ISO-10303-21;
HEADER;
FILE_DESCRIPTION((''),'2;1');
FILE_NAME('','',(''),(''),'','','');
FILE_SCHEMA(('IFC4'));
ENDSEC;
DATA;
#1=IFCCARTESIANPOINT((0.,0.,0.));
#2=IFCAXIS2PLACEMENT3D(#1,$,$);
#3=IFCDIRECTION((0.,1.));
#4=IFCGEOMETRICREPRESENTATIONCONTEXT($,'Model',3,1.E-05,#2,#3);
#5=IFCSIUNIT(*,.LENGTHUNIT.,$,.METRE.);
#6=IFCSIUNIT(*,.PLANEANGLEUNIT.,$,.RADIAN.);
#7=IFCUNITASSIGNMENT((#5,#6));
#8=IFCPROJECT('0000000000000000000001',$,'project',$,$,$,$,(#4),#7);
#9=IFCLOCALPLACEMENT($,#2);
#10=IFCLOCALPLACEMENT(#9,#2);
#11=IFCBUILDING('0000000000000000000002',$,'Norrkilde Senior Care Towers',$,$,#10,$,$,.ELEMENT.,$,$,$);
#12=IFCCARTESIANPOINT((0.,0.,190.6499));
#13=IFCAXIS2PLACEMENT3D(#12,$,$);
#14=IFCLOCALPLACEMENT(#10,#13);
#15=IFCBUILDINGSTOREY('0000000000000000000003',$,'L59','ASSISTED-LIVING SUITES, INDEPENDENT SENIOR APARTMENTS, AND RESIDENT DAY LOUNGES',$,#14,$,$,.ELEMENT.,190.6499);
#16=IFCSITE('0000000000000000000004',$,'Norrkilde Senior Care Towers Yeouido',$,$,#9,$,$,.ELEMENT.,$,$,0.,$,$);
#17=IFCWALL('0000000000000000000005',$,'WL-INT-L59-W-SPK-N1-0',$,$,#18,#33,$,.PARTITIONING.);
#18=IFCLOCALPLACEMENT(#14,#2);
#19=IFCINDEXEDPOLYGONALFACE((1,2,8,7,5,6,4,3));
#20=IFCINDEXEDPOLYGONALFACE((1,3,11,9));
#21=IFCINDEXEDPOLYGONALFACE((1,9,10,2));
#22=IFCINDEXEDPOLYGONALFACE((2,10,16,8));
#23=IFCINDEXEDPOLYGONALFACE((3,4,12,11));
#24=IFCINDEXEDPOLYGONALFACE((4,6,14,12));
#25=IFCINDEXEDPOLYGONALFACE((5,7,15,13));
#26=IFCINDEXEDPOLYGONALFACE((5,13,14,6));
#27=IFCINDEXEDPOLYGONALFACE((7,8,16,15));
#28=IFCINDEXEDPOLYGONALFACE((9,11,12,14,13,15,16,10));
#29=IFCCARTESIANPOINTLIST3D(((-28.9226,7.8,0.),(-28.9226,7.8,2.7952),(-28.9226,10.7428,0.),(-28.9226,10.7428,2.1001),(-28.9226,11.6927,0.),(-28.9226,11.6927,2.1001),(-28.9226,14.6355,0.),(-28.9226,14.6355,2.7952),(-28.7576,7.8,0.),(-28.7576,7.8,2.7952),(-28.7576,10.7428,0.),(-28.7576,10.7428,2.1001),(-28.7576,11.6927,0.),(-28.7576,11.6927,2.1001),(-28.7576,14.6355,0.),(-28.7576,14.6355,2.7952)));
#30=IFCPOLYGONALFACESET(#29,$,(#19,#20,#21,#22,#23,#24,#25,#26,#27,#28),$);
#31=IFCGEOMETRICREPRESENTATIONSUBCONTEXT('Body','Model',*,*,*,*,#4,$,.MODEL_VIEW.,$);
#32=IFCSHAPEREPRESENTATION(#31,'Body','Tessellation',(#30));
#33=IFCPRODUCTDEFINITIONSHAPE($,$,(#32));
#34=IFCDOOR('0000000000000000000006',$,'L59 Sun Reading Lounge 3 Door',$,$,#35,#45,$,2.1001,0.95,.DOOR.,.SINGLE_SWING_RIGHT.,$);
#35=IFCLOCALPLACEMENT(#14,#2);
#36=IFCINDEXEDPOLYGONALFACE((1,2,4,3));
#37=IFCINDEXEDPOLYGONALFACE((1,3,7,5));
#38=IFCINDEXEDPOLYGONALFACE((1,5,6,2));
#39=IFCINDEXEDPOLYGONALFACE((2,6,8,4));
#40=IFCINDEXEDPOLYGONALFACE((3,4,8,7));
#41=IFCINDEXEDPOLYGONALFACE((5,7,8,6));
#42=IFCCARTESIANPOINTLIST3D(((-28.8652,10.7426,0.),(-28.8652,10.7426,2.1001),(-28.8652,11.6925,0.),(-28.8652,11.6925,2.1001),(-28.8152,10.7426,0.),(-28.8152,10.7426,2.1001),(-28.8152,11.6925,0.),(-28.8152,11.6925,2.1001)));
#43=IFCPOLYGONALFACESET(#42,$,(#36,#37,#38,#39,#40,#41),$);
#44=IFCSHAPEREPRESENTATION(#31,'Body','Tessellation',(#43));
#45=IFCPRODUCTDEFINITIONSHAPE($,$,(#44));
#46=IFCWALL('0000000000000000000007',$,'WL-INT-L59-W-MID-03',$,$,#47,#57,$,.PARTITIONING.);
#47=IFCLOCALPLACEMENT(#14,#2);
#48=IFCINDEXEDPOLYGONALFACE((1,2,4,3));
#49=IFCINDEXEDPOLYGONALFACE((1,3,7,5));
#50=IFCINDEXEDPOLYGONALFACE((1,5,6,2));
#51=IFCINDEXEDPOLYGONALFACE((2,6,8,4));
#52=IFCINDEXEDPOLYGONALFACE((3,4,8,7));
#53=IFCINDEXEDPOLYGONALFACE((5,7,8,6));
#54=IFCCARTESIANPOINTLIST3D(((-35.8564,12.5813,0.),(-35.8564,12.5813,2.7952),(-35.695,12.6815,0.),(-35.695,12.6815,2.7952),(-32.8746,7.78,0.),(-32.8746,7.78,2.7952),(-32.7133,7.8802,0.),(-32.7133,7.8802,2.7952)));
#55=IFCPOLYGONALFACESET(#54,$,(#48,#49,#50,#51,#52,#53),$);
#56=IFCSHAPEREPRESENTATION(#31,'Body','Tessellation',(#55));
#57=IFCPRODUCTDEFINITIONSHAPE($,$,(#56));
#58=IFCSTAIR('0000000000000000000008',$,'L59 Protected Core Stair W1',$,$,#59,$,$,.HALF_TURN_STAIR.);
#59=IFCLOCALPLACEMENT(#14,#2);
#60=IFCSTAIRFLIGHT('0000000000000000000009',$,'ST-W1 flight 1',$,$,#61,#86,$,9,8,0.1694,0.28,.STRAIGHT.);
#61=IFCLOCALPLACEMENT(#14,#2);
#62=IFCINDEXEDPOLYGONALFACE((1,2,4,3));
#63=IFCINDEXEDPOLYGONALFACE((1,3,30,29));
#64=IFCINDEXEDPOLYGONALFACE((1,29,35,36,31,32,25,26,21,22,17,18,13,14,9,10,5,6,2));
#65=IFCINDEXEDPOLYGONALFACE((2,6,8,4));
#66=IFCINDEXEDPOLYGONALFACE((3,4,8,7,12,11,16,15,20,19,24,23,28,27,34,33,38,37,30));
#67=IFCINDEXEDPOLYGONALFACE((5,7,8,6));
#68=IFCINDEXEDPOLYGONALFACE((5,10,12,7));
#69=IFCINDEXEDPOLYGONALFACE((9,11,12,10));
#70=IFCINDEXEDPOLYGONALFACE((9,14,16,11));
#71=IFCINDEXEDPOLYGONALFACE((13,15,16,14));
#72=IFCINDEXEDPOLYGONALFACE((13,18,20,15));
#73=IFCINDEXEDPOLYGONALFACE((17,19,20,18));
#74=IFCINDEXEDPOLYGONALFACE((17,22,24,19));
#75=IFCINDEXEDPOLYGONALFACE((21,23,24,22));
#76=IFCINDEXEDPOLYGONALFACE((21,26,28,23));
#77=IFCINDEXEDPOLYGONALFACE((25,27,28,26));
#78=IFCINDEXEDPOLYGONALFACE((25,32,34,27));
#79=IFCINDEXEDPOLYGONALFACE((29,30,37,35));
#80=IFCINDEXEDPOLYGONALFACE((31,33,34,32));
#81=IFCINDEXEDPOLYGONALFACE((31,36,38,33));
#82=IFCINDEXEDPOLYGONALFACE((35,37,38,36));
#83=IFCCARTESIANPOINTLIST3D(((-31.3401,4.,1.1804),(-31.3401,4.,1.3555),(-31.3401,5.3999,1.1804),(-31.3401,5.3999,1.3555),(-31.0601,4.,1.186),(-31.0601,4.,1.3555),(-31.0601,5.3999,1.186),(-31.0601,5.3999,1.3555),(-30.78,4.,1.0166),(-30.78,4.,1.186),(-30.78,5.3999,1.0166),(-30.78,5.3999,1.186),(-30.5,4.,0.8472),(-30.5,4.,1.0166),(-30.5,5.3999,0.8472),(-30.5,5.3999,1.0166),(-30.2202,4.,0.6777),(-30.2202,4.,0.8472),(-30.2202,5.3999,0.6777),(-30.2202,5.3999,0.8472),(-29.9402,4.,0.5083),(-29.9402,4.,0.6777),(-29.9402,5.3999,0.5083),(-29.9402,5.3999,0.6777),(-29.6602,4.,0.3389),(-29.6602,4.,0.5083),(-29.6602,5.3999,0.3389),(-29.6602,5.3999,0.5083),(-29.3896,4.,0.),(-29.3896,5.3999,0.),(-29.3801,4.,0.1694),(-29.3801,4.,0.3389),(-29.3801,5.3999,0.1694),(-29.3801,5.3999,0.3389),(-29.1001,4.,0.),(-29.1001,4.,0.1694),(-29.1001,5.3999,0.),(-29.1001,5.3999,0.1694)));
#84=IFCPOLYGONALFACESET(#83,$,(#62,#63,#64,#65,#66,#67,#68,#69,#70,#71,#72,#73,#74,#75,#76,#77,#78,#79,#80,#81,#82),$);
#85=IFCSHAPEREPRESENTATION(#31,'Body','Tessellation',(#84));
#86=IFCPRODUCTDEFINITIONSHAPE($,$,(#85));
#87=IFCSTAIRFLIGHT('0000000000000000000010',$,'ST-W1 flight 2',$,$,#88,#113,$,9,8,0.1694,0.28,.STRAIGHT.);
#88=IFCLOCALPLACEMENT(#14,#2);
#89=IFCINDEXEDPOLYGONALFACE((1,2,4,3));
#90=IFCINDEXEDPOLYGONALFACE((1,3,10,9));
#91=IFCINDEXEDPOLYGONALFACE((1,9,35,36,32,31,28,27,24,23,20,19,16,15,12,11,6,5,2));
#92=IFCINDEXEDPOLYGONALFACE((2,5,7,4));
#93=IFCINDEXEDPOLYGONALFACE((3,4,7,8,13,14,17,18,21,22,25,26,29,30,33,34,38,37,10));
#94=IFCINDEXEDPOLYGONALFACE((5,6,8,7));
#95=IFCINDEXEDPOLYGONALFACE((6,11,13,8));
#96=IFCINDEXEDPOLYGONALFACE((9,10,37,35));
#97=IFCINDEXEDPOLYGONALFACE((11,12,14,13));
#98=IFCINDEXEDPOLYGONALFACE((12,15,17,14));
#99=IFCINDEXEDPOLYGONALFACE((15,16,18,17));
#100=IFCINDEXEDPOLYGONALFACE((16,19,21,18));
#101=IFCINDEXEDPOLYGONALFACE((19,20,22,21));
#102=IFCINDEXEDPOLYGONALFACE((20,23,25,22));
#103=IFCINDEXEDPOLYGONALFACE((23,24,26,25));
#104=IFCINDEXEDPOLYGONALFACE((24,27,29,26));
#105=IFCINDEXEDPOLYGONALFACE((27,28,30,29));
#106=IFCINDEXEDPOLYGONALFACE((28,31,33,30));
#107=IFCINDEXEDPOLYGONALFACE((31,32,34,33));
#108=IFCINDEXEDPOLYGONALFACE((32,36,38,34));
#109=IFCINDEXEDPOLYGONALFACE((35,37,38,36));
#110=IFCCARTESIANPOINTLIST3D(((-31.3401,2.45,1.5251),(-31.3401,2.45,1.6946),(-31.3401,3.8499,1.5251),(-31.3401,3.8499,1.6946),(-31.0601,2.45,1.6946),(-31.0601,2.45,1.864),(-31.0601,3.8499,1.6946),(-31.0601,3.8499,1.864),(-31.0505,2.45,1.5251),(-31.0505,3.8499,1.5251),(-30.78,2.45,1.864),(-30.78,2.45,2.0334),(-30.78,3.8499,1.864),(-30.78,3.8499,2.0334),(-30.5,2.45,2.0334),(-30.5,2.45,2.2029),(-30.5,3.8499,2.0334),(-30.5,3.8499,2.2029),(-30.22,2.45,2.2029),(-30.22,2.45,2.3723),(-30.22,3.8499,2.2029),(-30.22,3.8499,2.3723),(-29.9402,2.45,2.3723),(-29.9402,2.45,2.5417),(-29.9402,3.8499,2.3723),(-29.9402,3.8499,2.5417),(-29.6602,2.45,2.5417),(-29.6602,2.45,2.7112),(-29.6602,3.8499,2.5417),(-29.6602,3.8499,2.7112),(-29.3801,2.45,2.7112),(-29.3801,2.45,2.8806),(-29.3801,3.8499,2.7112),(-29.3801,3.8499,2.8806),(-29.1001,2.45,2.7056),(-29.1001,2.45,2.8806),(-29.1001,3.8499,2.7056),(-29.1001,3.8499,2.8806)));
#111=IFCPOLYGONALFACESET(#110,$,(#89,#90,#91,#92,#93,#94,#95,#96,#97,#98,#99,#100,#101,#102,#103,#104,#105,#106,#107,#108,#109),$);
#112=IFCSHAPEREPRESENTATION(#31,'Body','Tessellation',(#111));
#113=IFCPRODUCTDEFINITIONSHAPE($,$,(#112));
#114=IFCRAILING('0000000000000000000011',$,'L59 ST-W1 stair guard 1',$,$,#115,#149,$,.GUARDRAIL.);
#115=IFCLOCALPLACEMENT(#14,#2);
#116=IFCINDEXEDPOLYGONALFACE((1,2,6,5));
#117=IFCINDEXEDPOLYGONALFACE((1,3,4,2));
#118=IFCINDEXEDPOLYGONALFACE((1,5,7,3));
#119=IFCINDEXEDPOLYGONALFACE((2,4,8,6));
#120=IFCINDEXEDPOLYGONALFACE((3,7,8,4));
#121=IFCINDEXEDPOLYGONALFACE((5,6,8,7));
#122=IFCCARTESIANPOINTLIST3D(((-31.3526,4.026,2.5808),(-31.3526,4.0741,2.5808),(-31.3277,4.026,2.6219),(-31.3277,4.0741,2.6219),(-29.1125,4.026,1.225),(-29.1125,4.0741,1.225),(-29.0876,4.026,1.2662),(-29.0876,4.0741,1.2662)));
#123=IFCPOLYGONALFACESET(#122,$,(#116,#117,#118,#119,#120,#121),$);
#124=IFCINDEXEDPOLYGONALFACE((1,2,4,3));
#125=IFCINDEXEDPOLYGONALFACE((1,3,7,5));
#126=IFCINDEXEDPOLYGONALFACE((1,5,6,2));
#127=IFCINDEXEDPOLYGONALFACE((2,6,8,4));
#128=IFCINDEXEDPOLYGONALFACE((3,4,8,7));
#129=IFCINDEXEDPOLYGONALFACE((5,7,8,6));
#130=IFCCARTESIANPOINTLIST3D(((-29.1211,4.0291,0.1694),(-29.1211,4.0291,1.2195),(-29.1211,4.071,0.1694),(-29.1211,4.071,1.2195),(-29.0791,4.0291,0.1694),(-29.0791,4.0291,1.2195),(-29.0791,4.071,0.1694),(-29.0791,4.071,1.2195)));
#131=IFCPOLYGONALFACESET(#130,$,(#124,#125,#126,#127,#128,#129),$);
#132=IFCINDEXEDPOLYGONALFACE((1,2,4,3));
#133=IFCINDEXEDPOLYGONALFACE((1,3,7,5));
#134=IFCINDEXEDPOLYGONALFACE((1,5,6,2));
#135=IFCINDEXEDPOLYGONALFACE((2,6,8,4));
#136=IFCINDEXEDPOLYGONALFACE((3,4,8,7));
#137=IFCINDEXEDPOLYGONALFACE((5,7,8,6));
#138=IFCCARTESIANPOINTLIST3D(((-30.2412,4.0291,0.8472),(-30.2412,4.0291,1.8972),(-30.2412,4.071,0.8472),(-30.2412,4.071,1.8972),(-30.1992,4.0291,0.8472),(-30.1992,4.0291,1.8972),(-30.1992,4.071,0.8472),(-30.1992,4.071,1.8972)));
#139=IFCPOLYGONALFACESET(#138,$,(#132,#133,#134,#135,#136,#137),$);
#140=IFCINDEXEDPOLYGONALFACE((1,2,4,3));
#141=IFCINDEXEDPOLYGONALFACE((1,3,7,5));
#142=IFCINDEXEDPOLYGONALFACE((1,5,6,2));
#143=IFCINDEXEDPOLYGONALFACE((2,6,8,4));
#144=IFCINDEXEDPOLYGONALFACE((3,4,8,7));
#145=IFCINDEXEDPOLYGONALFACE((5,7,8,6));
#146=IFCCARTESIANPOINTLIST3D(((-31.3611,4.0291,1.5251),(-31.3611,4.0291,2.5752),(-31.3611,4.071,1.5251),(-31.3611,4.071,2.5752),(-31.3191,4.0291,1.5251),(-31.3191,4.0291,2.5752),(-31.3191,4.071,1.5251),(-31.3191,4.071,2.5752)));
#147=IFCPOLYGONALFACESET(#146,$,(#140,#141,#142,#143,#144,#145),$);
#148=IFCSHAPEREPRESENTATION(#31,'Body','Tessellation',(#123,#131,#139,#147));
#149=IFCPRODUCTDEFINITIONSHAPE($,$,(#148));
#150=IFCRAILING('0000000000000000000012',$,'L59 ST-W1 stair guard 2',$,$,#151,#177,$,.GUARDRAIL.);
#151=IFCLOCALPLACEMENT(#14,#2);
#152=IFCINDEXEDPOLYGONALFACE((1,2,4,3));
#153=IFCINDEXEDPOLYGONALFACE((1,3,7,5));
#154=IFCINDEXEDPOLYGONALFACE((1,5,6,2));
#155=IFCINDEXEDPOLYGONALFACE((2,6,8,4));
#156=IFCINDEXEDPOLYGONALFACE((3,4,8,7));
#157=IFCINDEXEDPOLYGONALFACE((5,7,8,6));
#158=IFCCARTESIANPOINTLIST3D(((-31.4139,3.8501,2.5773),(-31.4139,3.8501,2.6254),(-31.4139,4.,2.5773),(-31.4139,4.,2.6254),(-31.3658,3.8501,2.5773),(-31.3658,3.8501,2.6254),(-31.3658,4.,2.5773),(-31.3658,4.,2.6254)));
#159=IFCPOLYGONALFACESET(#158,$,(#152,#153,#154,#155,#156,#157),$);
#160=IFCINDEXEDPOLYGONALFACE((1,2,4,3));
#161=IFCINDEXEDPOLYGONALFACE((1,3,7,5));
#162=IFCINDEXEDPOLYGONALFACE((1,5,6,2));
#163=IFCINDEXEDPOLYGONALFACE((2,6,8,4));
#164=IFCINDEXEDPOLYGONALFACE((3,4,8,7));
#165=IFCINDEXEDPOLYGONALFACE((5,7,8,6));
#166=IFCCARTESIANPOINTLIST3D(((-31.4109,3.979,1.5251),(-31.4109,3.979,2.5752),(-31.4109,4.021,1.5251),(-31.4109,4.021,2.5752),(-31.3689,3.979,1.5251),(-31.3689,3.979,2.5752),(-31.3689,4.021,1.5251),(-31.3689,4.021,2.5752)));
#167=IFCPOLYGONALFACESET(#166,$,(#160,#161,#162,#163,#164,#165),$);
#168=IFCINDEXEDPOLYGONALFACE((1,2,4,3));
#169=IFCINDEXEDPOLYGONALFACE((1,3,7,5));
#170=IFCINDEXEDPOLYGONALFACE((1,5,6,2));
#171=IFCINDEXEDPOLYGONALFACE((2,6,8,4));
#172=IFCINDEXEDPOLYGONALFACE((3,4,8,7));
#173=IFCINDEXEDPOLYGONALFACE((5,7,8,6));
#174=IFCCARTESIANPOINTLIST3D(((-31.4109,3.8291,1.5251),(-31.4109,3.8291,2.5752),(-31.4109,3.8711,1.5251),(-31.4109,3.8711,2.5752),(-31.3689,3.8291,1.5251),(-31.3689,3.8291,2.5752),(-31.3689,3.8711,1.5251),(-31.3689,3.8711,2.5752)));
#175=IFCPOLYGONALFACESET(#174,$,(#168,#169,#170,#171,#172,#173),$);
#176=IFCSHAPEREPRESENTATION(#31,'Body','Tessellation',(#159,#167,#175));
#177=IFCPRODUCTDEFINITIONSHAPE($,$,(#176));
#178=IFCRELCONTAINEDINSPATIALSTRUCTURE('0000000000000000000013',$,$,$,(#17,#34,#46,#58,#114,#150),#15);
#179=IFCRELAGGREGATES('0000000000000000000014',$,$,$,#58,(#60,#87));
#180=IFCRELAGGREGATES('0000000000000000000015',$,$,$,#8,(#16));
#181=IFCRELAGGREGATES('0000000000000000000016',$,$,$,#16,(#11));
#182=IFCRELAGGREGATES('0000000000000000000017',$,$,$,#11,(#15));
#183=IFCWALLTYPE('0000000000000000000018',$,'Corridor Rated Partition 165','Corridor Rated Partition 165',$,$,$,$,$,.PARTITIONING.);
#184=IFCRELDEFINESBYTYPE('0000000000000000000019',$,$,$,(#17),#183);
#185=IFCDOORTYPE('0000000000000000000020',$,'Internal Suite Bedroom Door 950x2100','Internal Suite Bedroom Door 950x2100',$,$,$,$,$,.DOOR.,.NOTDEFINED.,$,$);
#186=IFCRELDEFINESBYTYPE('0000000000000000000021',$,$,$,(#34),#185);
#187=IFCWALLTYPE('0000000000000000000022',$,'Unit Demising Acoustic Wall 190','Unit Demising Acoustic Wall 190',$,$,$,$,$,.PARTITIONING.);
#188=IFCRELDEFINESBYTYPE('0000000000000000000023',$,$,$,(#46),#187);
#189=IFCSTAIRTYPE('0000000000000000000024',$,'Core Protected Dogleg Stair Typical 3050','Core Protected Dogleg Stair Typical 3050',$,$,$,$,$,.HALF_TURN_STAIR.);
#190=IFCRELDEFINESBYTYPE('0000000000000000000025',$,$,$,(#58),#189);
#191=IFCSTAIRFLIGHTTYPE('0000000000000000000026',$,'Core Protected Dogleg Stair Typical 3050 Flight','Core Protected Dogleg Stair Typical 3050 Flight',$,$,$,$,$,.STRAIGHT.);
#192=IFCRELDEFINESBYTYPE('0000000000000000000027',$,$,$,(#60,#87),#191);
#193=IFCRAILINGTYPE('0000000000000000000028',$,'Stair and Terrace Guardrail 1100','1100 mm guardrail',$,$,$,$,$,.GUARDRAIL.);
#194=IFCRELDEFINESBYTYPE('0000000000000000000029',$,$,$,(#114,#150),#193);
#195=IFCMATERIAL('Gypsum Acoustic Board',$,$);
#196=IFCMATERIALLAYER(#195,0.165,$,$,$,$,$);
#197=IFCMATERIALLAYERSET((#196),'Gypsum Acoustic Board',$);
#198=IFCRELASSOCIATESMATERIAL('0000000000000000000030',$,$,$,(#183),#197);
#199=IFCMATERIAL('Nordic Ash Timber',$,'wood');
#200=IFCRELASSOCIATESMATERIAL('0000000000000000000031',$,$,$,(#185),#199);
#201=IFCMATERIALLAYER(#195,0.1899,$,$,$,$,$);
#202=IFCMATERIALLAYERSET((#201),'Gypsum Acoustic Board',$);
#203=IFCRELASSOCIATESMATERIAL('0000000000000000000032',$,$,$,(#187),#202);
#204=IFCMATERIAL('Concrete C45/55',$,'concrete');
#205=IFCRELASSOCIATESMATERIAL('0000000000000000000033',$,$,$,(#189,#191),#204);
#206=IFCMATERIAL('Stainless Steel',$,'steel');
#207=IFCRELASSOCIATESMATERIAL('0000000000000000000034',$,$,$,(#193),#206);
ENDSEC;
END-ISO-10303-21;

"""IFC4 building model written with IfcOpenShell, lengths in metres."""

from ifc_helpers import new_model, si_unit, direction, frame, frame_2d, origin, origin_2d, place, context, subcontext, project, spatial, polyline, rectangle, outline, extrude, source, transform, mapped, material, layer, layer_set, type_object, type_shapes, element, fill, aggregate, save


model = new_model("IFC4")

# Units and contexts
model_context = context("Model", 3, precision=1e-05, world=origin(), true_north=direction((0.0, 1.0)))
body_context = subcontext(model_context, "Body", "Model", "MODEL_VIEW")
ifc_project = project(units=[si_unit("LENGTHUNIT", "METRE"), si_unit("PLANEANGLEUNIT", "RADIAN")], contexts=[model_context])

# Site, building, storey
site_placement = place(None, origin())
site = spatial("IfcSite", under=ifc_project, at=site_placement, Name="Norrkilde Senior Care Towers Yeouido", CompositionType="ELEMENT", RefElevation=0.0)
building_placement = place(site_placement, origin())
building = spatial("IfcBuilding", under=site, at=building_placement, Name="Norrkilde Senior Care Towers", CompositionType="ELEMENT")
storey_placement = place(building_placement, frame((0.0, 0.0, 190.6499)))
storey = spatial("IfcBuildingStorey", under=building, at=storey_placement, Name="L59", Description="ASSISTED-LIVING SUITES, INDEPENDENT SENIOR APARTMENTS, AND RESIDENT DAY LOUNGES", CompositionType="ELEMENT", Elevation=190.6499)

# Shared definitions
ifc_material_1 = material(Name="Concrete C45/55", Category="concrete")

# Shared definitions
ifc_material_2 = material(Name="Gypsum Acoustic Board")

# Shared definitions
ifc_layer_1 = layer(ifc_material_2, 0.165)
ifc_layer_set_1 = layer_set([ifc_layer_1], Name="Gypsum Acoustic Board")
wall_type_1 = type_object("IfcWallType", Name="Corridor Rated Partition 165", Description="Corridor Rated Partition 165", PredefinedType="PARTITIONING", material=ifc_layer_set_1)

# Wall, opening, door
shared_shape_1 = source(origin(), body_context, "Body", "SweptSolid", [
    extrude(rectangle(XDim=6.8354, YDim=0.165, at=frame_2d((3.4177, 0.0))), origin(), (0.0, 0.0, 1.0), 2.7952),
])
wall_1_placement = place(storey_placement, frame((-28.8401, 7.8, 0.0), z_axis=(0.0, 0.0, 1.0), x_axis=(0.0, 1.0, 0.0)))
wall_1 = element("IfcWall", 1, at=wall_1_placement, inside=storey, type_object=wall_type_1, Name="WL-INT-L59-W-SPK-N1-0", PredefinedType="PARTITIONING", context=body_context, shape_type="MappedRepresentation", body=[
    mapped(shared_shape_1, transform((0.0, 0.0, 0.0), x_axis=(1.0, 0.0, 0.0), y_axis=(0.0, 1.0, 0.0), z_axis=(0.0, 0.0, 1.0), scale=1.0)),
])
opening_1_placement = place(wall_1_placement, frame((2.9426, 0.0, 0.0)))
opening_1 = element("IfcOpeningElement", 2, at=opening_1_placement, cuts=wall_1, PredefinedType="OPENING", context=body_context, shape_type="SweptSolid", body=[
    extrude(rectangle(XDim=0.95, YDim=2.1001, at=frame_2d((0.4751, 1.05))), frame((0.0, 0.0925, 0.0), z_axis=(0.0, -1.0, 0.0), x_axis=(1.0, 0.0, 0.0)), (0.0, 0.0, 1.0), 0.1851),
])
ifc_material_3 = material(Name="Nordic Ash Timber", Category="wood")
door_type_1 = type_object("IfcDoorType", Name="Internal Suite Bedroom Door 950x2100", Description="Internal Suite Bedroom Door 950x2100", OperationType="NOTDEFINED", PredefinedType="DOOR", material=ifc_material_3)
shared_shape_2 = source(origin(), body_context, "Body", "SweptSolid", [
    extrude(rectangle(XDim=0.95, YDim=2.1001, at=frame_2d((0.4751, 1.05))), frame((0.0, 0.0249, 0.0), z_axis=(0.0, -1.0, 0.0), x_axis=(1.0, 0.0, 0.0)), (0.0, 0.0, 1.0), 0.05),
])
type_shapes(door_type_1, [shared_shape_2])
door_1_placement = place(opening_1_placement, frame((0.95, 0.0, 0.0), z_axis=(0.0, 0.0, 1.0), x_axis=(-1.0, 0.0, 0.0)))
door_1 = element("IfcDoor", 3, at=door_1_placement, inside=storey, type_object=door_type_1, Name="L59 Sun Reading Lounge 3 Door", OperationType="SINGLE_SWING_RIGHT", OverallHeight=2.1001, OverallWidth=0.95, PredefinedType="DOOR", context=body_context, shape_type="MappedRepresentation", body=[
    mapped(shared_shape_2, transform((0.0, 0.0, 0.0), x_axis=(1.0, 0.0, 0.0), y_axis=(0.0, 1.0, 0.0), z_axis=(0.0, 0.0, 1.0), scale=1.0)),
])
fill(opening_1, door_1)

# Wall
ifc_layer_2 = layer(ifc_material_2, 0.1899)
ifc_layer_set_2 = layer_set([ifc_layer_2], Name="Gypsum Acoustic Board")
wall_type_2 = type_object("IfcWallType", Name="Unit Demising Acoustic Wall 190", Description="Unit Demising Acoustic Wall 190", PredefinedType="PARTITIONING", material=ifc_layer_set_2)
shared_shape_3 = source(origin(), body_context, "Body", "SweptSolid", [
    extrude(rectangle(XDim=5.6519, YDim=0.1899, at=frame_2d((2.8259, 0.0))), origin(), (0.0, 0.0, 1.0), 2.7952),
])
type_shapes(wall_type_2, [shared_shape_3])
wall_2_placement = place(storey_placement, frame((-32.7939, 7.8301, 0.0), z_axis=(0.0, 0.0, 1.0), x_axis=(-0.527566, 0.849514, 0.0)))
element("IfcWall", 4, at=wall_2_placement, inside=storey, type_object=wall_type_2, Name="WL-INT-L59-W-MID-03", PredefinedType="PARTITIONING", context=body_context, shape_type="MappedRepresentation", body=[
    mapped(shared_shape_3, transform((0.0, 0.0, 0.0), x_axis=(1.0, 0.0, 0.0), y_axis=(0.0, 1.0, 0.0), z_axis=(0.0, 0.0, 1.0), scale=1.0)),
])

# Stair, stair flights
stair_type = type_object("IfcStairType", Name="Core Protected Dogleg Stair Typical 3050", Description="Core Protected Dogleg Stair Typical 3050", PredefinedType="HALF_TURN_STAIR", material=ifc_material_1)
stair_placement = place(storey_placement, origin())
stair = element("IfcStair", 5, at=stair_placement, inside=storey, type_object=stair_type, Name="L59 Protected Core Stair W1", PredefinedType="HALF_TURN_STAIR")
stair_flight_type = type_object("IfcStairFlightType", Name="Core Protected Dogleg Stair Typical 3050 Flight", Description="Core Protected Dogleg Stair Typical 3050 Flight", PredefinedType="STRAIGHT", material=ifc_material_1)
stair_flight_1_placement = place(storey_placement, frame((-29.1001, 4.7, 0.0), z_axis=(0.0, 0.0, 1.0), x_axis=(-1.0, 0.0, 0.0)))
stair_flight_1 = element("IfcStairFlight", 6, at=stair_flight_1_placement, type_object=stair_flight_type, Name="ST-W1 flight 1", NumberOfRisers=9, NumberOfTreads=8, PredefinedType="STRAIGHT", RiserHeight=0.1694, TreadLength=0.28, context=body_context, shape_type="SweptSolid", body=[
    extrude(outline(polyline([(0.0, 0.0), (0.0, 0.1694), (0.28, 0.1694), (0.28, 0.3389), (0.5601, 0.3389), (0.5601, 0.5083), (0.8401, 0.5083), (0.8401, 0.6777), (1.1201, 0.6777), (1.1201, 0.8472), (1.3999, 0.8472), (1.3999, 1.0166), (1.6799, 1.0166), (1.6799, 1.186), (1.96, 1.186), (1.96, 1.3555), (2.24, 1.3555), (2.24, 1.5249), (2.24, 1.1804), (0.2896, 0.0), (0.0, 0.0)])), frame((0.0, 0.7, 0.0), z_axis=(0.0, -1.0, 0.0), x_axis=(1.0, 0.0, 0.0)), (0.0, 0.0, 1.0), 1.3999),
])
stair_flight_2_placement = place(storey_placement, frame((-31.3401, 3.1499, 1.5251), z_axis=(0.0, 0.0, 1.0), x_axis=(1.0, 0.0, 0.0)))
stair_flight_2 = element("IfcStairFlight", 7, at=stair_flight_2_placement, type_object=stair_flight_type, Name="ST-W1 flight 2", NumberOfRisers=9, NumberOfTreads=8, PredefinedType="STRAIGHT", RiserHeight=0.1694, TreadLength=0.28, context=body_context, shape_type="SweptSolid", body=[
    extrude(outline(polyline([(0.0, 0.0), (0.0, 0.1694), (0.28, 0.1694), (0.28, 0.3389), (0.5601, 0.3389), (0.5601, 0.5083), (0.8401, 0.5083), (0.8401, 0.6777), (1.1201, 0.6777), (1.1201, 0.8472), (1.3999, 0.8472), (1.3999, 1.0166), (1.6799, 1.0166), (1.6799, 1.186), (1.96, 1.186), (1.96, 1.3555), (2.24, 1.3555), (2.24, 1.5249), (2.24, 1.1804), (0.2896, 0.0), (0.0, 0.0)])), frame((0.0, 0.7, 0.0), z_axis=(0.0, -1.0, 0.0), x_axis=(1.0, 0.0, 0.0)), (0.0, 0.0, 1.0), 1.3999),
])
aggregate(stair, [stair_flight_1, stair_flight_2])

# Railings
ifc_material_4 = material(Name="Stainless Steel", Category="steel")
railing_type_1 = type_object("IfcRailingType", Name="Stair and Terrace Guardrail 1100", Description="1100 mm guardrail", PredefinedType="GUARDRAIL", material=ifc_material_4)
railing_1_placement = place(storey_placement, frame((-29.1001, 4.05, 0.1694)))
element("IfcRailing", 8, at=railing_1_placement, inside=storey, type_object=railing_type_1, Name="L59 ST-W1 stair guard 1", PredefinedType="GUARDRAIL", context=body_context, shape_type="SweptSolid", body=[
    extrude(rectangle(XDim=0.0481, YDim=0.0481, at=origin_2d()), frame((0.0, 0.0, 1.0762), z_axis=(-0.855512, 0.0, 0.517783), x_axis=(0.0, -1.0, 0.0)), (0.0, 0.0, 1.0), 2.6184),
    extrude(rectangle(XDim=0.042, YDim=0.042, at=origin_2d()), origin(), (0.0, 0.0, 1.0), 1.05),
    extrude(rectangle(XDim=0.042, YDim=0.042, at=origin_2d()), frame((-1.1201, 0.0, 0.6777)), (0.0, 0.0, 1.0), 1.05),
    extrude(rectangle(XDim=0.042, YDim=0.042, at=origin_2d()), frame((-2.24, 0.0, 1.3557)), (0.0, 0.0, 1.0), 1.05),
])
railing_2_placement = place(storey_placement, frame((-31.3899, 4.0, 1.5251)))
element("IfcRailing", 9, at=railing_2_placement, inside=storey, type_object=railing_type_1, Name="L59 ST-W1 stair guard 2", PredefinedType="GUARDRAIL", context=body_context, shape_type="SweptSolid", body=[
    extrude(rectangle(XDim=0.0481, YDim=0.0481, at=origin_2d()), frame((0.0, 0.0, 1.0762), z_axis=(0.0, -1.0, 0.0), x_axis=(1.0, 0.0, 0.0)), (0.0, 0.0, 1.0), 0.1499),
    extrude(rectangle(XDim=0.042, YDim=0.042, at=origin_2d()), origin(), (0.0, 0.0, 1.0), 1.05),
    extrude(rectangle(XDim=0.042, YDim=0.042, at=origin_2d()), frame((0.0, -0.1499, 0.0)), (0.0, 0.0, 1.0), 1.05),
])

save(model, "model.ifc")
